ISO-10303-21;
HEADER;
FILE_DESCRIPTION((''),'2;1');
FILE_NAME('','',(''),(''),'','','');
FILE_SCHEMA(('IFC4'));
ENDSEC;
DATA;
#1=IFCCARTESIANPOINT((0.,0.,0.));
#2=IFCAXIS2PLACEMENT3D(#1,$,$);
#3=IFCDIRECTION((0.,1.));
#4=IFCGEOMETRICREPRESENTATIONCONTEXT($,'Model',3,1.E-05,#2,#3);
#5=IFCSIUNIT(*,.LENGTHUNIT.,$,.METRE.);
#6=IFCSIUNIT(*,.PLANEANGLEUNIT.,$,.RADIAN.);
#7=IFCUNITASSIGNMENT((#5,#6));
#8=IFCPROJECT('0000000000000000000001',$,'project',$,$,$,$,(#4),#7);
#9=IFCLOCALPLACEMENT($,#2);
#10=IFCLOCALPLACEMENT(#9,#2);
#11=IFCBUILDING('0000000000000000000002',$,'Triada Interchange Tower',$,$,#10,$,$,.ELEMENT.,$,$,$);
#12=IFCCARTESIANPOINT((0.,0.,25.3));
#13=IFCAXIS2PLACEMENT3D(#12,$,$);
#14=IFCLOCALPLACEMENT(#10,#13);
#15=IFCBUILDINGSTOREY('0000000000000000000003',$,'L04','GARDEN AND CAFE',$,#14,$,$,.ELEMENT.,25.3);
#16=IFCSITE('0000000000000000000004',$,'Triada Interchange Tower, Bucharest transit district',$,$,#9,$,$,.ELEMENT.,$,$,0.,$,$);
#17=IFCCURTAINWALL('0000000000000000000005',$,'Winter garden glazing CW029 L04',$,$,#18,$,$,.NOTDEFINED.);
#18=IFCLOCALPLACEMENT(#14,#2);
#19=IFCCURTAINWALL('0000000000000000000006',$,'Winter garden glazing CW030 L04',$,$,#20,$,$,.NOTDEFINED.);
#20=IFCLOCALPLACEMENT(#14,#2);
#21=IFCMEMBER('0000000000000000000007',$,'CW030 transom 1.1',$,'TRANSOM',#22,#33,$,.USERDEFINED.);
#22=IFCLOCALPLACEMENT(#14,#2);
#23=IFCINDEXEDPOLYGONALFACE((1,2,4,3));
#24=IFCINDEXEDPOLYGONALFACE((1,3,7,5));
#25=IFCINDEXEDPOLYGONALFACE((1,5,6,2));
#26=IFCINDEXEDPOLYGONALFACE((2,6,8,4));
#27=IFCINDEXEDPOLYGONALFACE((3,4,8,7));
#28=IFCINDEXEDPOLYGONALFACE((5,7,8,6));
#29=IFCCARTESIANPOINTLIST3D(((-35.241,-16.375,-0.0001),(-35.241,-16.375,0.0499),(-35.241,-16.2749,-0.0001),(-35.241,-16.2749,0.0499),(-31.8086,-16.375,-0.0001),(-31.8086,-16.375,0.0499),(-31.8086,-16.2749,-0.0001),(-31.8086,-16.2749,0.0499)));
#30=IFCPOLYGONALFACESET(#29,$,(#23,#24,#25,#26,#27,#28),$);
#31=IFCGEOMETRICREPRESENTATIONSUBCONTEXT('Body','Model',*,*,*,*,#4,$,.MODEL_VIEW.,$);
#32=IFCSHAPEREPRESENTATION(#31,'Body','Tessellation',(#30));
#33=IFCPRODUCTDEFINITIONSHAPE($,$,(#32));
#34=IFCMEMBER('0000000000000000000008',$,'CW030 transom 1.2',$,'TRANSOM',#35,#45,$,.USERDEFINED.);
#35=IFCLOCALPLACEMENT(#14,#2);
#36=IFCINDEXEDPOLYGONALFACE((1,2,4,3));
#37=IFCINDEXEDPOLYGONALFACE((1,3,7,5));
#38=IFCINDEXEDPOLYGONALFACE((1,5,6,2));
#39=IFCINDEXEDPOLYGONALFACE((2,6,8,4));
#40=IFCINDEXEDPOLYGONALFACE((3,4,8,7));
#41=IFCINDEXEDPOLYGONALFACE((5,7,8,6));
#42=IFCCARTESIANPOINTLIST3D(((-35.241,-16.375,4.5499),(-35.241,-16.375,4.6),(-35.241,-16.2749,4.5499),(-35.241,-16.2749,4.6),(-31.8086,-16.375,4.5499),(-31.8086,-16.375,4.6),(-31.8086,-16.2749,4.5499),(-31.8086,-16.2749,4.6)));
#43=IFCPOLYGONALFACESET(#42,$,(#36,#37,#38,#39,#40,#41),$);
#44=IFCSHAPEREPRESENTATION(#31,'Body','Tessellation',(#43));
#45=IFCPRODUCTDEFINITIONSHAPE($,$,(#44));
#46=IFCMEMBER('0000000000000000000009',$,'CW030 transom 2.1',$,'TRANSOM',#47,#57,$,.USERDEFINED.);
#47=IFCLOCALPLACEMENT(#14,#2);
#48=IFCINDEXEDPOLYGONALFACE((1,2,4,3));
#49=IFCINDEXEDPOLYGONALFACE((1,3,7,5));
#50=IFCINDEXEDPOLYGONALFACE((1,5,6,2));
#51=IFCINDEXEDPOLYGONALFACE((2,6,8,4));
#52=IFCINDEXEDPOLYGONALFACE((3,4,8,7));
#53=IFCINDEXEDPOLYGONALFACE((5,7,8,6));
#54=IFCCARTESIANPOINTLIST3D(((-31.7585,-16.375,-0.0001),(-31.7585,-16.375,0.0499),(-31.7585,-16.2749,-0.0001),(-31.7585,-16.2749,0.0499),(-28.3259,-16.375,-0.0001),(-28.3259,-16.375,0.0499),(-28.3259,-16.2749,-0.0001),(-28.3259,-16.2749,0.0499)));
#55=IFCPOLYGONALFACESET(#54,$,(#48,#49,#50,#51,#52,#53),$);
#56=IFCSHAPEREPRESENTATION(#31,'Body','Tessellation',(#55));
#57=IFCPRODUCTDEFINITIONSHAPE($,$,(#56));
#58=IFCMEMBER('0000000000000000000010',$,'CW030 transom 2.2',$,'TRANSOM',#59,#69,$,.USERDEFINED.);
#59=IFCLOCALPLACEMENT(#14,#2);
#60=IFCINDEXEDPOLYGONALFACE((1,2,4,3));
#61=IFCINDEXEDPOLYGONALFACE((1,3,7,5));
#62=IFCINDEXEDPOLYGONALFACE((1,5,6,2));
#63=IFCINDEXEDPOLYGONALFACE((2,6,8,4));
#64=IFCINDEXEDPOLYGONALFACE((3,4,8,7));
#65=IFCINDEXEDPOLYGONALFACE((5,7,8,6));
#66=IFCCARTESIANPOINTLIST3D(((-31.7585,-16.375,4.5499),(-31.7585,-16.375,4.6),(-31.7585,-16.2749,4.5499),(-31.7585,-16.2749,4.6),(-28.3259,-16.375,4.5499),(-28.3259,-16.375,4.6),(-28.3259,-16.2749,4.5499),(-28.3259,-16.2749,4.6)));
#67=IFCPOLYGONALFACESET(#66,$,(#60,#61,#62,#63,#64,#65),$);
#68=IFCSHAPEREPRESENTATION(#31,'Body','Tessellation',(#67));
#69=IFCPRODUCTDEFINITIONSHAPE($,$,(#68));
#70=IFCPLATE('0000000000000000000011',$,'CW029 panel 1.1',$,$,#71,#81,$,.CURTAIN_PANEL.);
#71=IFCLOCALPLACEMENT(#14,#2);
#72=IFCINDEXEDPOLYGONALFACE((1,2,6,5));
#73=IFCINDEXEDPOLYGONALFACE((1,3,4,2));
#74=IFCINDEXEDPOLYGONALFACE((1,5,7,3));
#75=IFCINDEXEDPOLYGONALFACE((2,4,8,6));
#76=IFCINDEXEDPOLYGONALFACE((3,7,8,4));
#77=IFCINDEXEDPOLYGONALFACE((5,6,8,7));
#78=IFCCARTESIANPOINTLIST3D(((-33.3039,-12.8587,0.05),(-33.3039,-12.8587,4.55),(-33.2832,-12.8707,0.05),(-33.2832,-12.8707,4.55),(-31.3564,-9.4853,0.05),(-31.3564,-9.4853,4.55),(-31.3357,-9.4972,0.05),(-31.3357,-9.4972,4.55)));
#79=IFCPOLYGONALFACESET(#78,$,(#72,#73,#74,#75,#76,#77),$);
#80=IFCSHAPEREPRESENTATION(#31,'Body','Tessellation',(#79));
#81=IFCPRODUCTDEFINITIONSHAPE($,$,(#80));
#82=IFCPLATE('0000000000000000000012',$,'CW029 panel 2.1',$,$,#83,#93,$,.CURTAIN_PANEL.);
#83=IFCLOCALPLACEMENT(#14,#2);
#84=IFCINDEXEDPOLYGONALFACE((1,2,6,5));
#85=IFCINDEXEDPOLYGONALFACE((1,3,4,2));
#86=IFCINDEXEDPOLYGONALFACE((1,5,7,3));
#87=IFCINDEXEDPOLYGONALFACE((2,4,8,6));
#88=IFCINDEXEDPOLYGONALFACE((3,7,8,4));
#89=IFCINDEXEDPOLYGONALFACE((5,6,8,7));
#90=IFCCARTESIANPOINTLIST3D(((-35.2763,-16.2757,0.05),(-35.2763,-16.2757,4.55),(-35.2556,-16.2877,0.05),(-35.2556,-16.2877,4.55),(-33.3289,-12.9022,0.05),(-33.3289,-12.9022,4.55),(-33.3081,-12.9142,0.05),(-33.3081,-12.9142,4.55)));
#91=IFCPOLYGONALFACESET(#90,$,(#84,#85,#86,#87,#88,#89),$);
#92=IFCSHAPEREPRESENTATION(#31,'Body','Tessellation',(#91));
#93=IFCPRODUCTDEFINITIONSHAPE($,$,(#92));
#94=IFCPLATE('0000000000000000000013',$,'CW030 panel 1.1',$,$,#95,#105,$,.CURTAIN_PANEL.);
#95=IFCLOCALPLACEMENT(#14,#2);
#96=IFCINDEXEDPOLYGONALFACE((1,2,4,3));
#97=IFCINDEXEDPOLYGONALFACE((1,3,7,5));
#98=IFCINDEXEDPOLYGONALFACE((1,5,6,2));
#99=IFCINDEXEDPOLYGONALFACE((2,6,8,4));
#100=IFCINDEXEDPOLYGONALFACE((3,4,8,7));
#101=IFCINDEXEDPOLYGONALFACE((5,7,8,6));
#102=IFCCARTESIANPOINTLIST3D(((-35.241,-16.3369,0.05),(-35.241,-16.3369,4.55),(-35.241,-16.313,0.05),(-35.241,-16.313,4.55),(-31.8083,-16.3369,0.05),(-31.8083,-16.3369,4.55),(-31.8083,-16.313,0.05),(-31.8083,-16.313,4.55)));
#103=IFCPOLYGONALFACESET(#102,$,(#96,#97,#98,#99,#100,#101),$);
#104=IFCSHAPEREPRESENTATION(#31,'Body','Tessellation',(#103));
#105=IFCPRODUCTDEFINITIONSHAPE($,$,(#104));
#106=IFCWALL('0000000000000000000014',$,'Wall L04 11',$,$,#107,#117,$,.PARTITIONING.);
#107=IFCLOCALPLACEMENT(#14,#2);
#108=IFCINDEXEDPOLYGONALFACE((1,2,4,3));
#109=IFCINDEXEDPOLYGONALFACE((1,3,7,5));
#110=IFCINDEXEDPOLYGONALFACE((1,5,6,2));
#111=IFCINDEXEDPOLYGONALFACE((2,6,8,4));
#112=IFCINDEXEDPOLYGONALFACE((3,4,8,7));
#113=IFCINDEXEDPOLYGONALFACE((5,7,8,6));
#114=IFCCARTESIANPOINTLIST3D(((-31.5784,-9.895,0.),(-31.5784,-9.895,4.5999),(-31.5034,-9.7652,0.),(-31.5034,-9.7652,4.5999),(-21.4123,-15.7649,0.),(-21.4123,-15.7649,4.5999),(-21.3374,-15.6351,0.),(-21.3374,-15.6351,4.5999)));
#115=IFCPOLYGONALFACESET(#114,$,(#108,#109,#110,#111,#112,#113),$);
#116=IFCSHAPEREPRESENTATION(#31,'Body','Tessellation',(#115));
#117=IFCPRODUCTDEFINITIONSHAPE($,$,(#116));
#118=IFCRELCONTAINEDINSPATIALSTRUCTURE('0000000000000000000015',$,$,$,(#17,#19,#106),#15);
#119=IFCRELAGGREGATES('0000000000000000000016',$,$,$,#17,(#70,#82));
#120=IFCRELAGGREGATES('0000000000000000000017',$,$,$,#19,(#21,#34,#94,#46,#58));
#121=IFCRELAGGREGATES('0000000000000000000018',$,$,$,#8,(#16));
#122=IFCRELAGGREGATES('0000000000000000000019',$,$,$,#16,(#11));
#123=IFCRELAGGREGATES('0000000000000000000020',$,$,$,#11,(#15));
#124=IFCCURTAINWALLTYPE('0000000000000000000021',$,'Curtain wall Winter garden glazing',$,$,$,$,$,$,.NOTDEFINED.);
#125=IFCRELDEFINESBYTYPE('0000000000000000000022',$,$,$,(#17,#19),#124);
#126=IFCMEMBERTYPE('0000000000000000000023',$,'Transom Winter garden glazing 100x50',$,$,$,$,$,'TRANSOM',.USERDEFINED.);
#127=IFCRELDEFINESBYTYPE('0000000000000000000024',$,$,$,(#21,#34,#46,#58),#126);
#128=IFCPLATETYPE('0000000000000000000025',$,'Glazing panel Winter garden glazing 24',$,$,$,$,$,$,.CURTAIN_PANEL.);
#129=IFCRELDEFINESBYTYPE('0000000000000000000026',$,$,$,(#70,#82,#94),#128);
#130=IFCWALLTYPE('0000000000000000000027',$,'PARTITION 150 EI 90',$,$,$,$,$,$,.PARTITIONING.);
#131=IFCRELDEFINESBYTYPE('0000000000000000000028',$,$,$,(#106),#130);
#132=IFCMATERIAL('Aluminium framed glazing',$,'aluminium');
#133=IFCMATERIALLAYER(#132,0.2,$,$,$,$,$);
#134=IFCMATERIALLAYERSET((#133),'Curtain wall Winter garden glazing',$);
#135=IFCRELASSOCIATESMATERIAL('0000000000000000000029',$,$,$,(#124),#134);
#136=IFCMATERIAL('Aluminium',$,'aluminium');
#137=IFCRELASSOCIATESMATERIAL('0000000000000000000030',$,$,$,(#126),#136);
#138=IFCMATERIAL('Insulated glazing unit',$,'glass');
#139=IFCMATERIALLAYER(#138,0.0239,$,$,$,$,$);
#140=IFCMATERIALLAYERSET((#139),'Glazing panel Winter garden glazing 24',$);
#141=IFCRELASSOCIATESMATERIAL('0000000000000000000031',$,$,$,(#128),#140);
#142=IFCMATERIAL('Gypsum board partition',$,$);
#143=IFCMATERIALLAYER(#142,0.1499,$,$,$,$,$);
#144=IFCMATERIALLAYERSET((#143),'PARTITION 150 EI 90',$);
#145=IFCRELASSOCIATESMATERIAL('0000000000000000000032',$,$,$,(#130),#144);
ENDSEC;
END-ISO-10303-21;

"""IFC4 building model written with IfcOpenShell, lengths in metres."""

from ifc_helpers import new_model, si_unit, direction, frame, frame_2d, origin, origin_2d, place, context, subcontext, project, spatial, rectangle, extrude, material, layer, layer_set, material_profile, profile_set, type_object, element, aggregate, save


model = new_model("IFC4")

# Units and contexts
model_context = context("Model", 3, precision=1e-05, world=origin(), true_north=direction((0.0, 1.0)))
body_context = subcontext(model_context, "Body", "Model", "MODEL_VIEW")
ifc_project = project(units=[si_unit("LENGTHUNIT", "METRE"), si_unit("PLANEANGLEUNIT", "RADIAN")], contexts=[model_context])

# Site, building, storey
site_placement = place(None, origin())
site = spatial("IfcSite", under=ifc_project, at=site_placement, Name="Triada Interchange Tower, Bucharest transit district", CompositionType="ELEMENT", RefElevation=0.0)
building_placement = place(site_placement, origin())
building = spatial("IfcBuilding", under=site, at=building_placement, Name="Triada Interchange Tower", CompositionType="ELEMENT")
storey_placement = place(building_placement, frame((0.0, 0.0, 25.3)))
storey = spatial("IfcBuildingStorey", under=building, at=storey_placement, Name="L04", Description="GARDEN AND CAFE", CompositionType="ELEMENT", Elevation=25.3)

# Curtain walls
ifc_material_1 = material(Name="Aluminium framed glazing", Category="aluminium")
ifc_layer_1 = layer(ifc_material_1, 0.2)
ifc_layer_set_1 = layer_set([ifc_layer_1], Name="Curtain wall Winter garden glazing")
curtain_wall_type = type_object("IfcCurtainWallType", Name="Curtain wall Winter garden glazing", PredefinedType="NOTDEFINED", material=ifc_layer_set_1)
curtain_wall_1_placement = place(storey_placement, origin())
curtain_wall_1 = element("IfcCurtainWall", 1, at=curtain_wall_1_placement, inside=storey, type_object=curtain_wall_type, Name="Winter garden glazing CW029 L04", PredefinedType="NOTDEFINED")
ifc_material_2 = material(Name="Aluminium", Category="aluminium")
curtain_wall_2_placement = place(storey_placement, origin())
curtain_wall_2 = element("IfcCurtainWall", 2, at=curtain_wall_2_placement, inside=storey, type_object=curtain_wall_type, Name="Winter garden glazing CW030 L04", PredefinedType="NOTDEFINED")

# Members
ifc_material_profile_1 = material_profile(ifc_material_2, rectangle(XDim=0.1001, YDim=0.05, at=origin_2d()), Name="Aluminium transom")
ifc_profile_set_1 = profile_set([ifc_material_profile_1], Name="Aluminium")
member_type_1 = type_object("IfcMemberType", Name="Transom Winter garden glazing 100x50", ElementType="TRANSOM", PredefinedType="USERDEFINED", material=ifc_profile_set_1)
member_1_placement = place(storey_placement, frame((-35.241, -16.325, 0.0249), z_axis=(1.0, 0.0, 0.0), x_axis=(0.0, 1.0, 0.0)))
member_1 = element("IfcMember", 3, at=member_1_placement, type_object=member_type_1, Name="CW030 transom 1.1", ObjectType="TRANSOM", PredefinedType="USERDEFINED", context=body_context, shape_type="SweptSolid", body=[
    extrude(rectangle(XDim=0.1001, YDim=0.05, at=origin_2d()), origin(), (0.0, 0.0, 1.0), 3.4324),
])
member_2_placement = place(storey_placement, frame((-35.241, -16.325, 4.575), z_axis=(1.0, 0.0, 0.0), x_axis=(0.0, 1.0, 0.0)))
member_2 = element("IfcMember", 4, at=member_2_placement, type_object=member_type_1, Name="CW030 transom 1.2", ObjectType="TRANSOM", PredefinedType="USERDEFINED", context=body_context, shape_type="SweptSolid", body=[
    extrude(rectangle(XDim=0.1001, YDim=0.05, at=origin_2d()), origin(), (0.0, 0.0, 1.0), 3.4324),
])
member_3_placement = place(storey_placement, frame((-31.7585, -16.325, 0.0249), z_axis=(1.0, 0.0, 0.0), x_axis=(0.0, 1.0, 0.0)))
member_3 = element("IfcMember", 5, at=member_3_placement, type_object=member_type_1, Name="CW030 transom 2.1", ObjectType="TRANSOM", PredefinedType="USERDEFINED", context=body_context, shape_type="SweptSolid", body=[
    extrude(rectangle(XDim=0.1001, YDim=0.05, at=origin_2d()), origin(), (0.0, 0.0, 1.0), 3.4326),
])
member_4_placement = place(storey_placement, frame((-31.7585, -16.325, 4.575), z_axis=(1.0, 0.0, 0.0), x_axis=(0.0, 1.0, 0.0)))
member_4 = element("IfcMember", 6, at=member_4_placement, type_object=member_type_1, Name="CW030 transom 2.2", ObjectType="TRANSOM", PredefinedType="USERDEFINED", context=body_context, shape_type="SweptSolid", body=[
    extrude(rectangle(XDim=0.1001, YDim=0.05, at=origin_2d()), origin(), (0.0, 0.0, 1.0), 3.4326),
])

# Plates
ifc_material_3 = material(Name="Insulated glazing unit", Category="glass")
ifc_layer_2 = layer(ifc_material_3, 0.0239)
ifc_layer_set_2 = layer_set([ifc_layer_2], Name="Glazing panel Winter garden glazing 24")
plate_type = type_object("IfcPlateType", Name="Glazing panel Winter garden glazing 24", PredefinedType="CURTAIN_PANEL", material=ifc_layer_set_2)
plate_1_placement = place(storey_placement, frame((-32.3198, -11.178, 0.05), z_axis=(0.0, 0.0, 1.0), x_axis=(-0.499959, -0.866049, 0.0)))
plate_1 = element("IfcPlate", 7, at=plate_1_placement, type_object=plate_type, Name="CW029 panel 1.1", PredefinedType="CURTAIN_PANEL", context=body_context, shape_type="SweptSolid", body=[
    extrude(rectangle(XDim=3.8953, YDim=0.0239, at=origin_2d()), origin(), (0.0, 0.0, 1.0), 4.5),
])
plate_2_placement = place(storey_placement, frame((-34.2922, -14.595, 0.05), z_axis=(0.0, 0.0, 1.0), x_axis=(-0.499959, -0.866049, 0.0)))
plate_2 = element("IfcPlate", 8, at=plate_2_placement, type_object=plate_type, Name="CW029 panel 2.1", PredefinedType="CURTAIN_PANEL", context=body_context, shape_type="SweptSolid", body=[
    extrude(rectangle(XDim=3.8953, YDim=0.0239, at=origin_2d()), origin(), (0.0, 0.0, 1.0), 4.5),
])
aggregate(curtain_wall_1, [plate_1, plate_2])
plate_3_placement = place(storey_placement, frame((-33.5247, -16.325, 0.05), z_axis=(0.0, 0.0, 1.0), x_axis=(1.0, 0.0, 0.0)))
plate_3 = element("IfcPlate", 9, at=plate_3_placement, type_object=plate_type, Name="CW030 panel 1.1", PredefinedType="CURTAIN_PANEL", context=body_context, shape_type="SweptSolid", body=[
    extrude(rectangle(XDim=3.4326, YDim=0.0239, at=origin_2d()), origin(), (0.0, 0.0, 1.0), 4.5),
])
aggregate(curtain_wall_2, [member_1, member_2, plate_3, member_3, member_4])

# Wall
ifc_material_4 = material(Name="Gypsum board partition")
ifc_layer_3 = layer(ifc_material_4, 0.1499)
ifc_layer_set_3 = layer_set([ifc_layer_3], Name="PARTITION 150 EI 90")
wall_type = type_object("IfcWallType", Name="PARTITION 150 EI 90", PredefinedType="PARTITIONING", material=ifc_layer_set_3)
wall_placement = place(storey_placement, frame((-31.541, -9.8301, 0.0), z_axis=(0.0, 0.0, 1.0), x_axis=(0.866006, -0.500033, 0.0)))
element("IfcWall", 10, at=wall_placement, inside=storey, type_object=wall_type, Name="Wall L04 11", PredefinedType="PARTITIONING", context=body_context, shape_type="SweptSolid", body=[
    extrude(rectangle(XDim=11.739, YDim=0.1499, at=frame_2d((5.8696, 0.0))), origin(), (0.0, 0.0, 1.0), 4.5999),
])

save(model, "model.ifc")
